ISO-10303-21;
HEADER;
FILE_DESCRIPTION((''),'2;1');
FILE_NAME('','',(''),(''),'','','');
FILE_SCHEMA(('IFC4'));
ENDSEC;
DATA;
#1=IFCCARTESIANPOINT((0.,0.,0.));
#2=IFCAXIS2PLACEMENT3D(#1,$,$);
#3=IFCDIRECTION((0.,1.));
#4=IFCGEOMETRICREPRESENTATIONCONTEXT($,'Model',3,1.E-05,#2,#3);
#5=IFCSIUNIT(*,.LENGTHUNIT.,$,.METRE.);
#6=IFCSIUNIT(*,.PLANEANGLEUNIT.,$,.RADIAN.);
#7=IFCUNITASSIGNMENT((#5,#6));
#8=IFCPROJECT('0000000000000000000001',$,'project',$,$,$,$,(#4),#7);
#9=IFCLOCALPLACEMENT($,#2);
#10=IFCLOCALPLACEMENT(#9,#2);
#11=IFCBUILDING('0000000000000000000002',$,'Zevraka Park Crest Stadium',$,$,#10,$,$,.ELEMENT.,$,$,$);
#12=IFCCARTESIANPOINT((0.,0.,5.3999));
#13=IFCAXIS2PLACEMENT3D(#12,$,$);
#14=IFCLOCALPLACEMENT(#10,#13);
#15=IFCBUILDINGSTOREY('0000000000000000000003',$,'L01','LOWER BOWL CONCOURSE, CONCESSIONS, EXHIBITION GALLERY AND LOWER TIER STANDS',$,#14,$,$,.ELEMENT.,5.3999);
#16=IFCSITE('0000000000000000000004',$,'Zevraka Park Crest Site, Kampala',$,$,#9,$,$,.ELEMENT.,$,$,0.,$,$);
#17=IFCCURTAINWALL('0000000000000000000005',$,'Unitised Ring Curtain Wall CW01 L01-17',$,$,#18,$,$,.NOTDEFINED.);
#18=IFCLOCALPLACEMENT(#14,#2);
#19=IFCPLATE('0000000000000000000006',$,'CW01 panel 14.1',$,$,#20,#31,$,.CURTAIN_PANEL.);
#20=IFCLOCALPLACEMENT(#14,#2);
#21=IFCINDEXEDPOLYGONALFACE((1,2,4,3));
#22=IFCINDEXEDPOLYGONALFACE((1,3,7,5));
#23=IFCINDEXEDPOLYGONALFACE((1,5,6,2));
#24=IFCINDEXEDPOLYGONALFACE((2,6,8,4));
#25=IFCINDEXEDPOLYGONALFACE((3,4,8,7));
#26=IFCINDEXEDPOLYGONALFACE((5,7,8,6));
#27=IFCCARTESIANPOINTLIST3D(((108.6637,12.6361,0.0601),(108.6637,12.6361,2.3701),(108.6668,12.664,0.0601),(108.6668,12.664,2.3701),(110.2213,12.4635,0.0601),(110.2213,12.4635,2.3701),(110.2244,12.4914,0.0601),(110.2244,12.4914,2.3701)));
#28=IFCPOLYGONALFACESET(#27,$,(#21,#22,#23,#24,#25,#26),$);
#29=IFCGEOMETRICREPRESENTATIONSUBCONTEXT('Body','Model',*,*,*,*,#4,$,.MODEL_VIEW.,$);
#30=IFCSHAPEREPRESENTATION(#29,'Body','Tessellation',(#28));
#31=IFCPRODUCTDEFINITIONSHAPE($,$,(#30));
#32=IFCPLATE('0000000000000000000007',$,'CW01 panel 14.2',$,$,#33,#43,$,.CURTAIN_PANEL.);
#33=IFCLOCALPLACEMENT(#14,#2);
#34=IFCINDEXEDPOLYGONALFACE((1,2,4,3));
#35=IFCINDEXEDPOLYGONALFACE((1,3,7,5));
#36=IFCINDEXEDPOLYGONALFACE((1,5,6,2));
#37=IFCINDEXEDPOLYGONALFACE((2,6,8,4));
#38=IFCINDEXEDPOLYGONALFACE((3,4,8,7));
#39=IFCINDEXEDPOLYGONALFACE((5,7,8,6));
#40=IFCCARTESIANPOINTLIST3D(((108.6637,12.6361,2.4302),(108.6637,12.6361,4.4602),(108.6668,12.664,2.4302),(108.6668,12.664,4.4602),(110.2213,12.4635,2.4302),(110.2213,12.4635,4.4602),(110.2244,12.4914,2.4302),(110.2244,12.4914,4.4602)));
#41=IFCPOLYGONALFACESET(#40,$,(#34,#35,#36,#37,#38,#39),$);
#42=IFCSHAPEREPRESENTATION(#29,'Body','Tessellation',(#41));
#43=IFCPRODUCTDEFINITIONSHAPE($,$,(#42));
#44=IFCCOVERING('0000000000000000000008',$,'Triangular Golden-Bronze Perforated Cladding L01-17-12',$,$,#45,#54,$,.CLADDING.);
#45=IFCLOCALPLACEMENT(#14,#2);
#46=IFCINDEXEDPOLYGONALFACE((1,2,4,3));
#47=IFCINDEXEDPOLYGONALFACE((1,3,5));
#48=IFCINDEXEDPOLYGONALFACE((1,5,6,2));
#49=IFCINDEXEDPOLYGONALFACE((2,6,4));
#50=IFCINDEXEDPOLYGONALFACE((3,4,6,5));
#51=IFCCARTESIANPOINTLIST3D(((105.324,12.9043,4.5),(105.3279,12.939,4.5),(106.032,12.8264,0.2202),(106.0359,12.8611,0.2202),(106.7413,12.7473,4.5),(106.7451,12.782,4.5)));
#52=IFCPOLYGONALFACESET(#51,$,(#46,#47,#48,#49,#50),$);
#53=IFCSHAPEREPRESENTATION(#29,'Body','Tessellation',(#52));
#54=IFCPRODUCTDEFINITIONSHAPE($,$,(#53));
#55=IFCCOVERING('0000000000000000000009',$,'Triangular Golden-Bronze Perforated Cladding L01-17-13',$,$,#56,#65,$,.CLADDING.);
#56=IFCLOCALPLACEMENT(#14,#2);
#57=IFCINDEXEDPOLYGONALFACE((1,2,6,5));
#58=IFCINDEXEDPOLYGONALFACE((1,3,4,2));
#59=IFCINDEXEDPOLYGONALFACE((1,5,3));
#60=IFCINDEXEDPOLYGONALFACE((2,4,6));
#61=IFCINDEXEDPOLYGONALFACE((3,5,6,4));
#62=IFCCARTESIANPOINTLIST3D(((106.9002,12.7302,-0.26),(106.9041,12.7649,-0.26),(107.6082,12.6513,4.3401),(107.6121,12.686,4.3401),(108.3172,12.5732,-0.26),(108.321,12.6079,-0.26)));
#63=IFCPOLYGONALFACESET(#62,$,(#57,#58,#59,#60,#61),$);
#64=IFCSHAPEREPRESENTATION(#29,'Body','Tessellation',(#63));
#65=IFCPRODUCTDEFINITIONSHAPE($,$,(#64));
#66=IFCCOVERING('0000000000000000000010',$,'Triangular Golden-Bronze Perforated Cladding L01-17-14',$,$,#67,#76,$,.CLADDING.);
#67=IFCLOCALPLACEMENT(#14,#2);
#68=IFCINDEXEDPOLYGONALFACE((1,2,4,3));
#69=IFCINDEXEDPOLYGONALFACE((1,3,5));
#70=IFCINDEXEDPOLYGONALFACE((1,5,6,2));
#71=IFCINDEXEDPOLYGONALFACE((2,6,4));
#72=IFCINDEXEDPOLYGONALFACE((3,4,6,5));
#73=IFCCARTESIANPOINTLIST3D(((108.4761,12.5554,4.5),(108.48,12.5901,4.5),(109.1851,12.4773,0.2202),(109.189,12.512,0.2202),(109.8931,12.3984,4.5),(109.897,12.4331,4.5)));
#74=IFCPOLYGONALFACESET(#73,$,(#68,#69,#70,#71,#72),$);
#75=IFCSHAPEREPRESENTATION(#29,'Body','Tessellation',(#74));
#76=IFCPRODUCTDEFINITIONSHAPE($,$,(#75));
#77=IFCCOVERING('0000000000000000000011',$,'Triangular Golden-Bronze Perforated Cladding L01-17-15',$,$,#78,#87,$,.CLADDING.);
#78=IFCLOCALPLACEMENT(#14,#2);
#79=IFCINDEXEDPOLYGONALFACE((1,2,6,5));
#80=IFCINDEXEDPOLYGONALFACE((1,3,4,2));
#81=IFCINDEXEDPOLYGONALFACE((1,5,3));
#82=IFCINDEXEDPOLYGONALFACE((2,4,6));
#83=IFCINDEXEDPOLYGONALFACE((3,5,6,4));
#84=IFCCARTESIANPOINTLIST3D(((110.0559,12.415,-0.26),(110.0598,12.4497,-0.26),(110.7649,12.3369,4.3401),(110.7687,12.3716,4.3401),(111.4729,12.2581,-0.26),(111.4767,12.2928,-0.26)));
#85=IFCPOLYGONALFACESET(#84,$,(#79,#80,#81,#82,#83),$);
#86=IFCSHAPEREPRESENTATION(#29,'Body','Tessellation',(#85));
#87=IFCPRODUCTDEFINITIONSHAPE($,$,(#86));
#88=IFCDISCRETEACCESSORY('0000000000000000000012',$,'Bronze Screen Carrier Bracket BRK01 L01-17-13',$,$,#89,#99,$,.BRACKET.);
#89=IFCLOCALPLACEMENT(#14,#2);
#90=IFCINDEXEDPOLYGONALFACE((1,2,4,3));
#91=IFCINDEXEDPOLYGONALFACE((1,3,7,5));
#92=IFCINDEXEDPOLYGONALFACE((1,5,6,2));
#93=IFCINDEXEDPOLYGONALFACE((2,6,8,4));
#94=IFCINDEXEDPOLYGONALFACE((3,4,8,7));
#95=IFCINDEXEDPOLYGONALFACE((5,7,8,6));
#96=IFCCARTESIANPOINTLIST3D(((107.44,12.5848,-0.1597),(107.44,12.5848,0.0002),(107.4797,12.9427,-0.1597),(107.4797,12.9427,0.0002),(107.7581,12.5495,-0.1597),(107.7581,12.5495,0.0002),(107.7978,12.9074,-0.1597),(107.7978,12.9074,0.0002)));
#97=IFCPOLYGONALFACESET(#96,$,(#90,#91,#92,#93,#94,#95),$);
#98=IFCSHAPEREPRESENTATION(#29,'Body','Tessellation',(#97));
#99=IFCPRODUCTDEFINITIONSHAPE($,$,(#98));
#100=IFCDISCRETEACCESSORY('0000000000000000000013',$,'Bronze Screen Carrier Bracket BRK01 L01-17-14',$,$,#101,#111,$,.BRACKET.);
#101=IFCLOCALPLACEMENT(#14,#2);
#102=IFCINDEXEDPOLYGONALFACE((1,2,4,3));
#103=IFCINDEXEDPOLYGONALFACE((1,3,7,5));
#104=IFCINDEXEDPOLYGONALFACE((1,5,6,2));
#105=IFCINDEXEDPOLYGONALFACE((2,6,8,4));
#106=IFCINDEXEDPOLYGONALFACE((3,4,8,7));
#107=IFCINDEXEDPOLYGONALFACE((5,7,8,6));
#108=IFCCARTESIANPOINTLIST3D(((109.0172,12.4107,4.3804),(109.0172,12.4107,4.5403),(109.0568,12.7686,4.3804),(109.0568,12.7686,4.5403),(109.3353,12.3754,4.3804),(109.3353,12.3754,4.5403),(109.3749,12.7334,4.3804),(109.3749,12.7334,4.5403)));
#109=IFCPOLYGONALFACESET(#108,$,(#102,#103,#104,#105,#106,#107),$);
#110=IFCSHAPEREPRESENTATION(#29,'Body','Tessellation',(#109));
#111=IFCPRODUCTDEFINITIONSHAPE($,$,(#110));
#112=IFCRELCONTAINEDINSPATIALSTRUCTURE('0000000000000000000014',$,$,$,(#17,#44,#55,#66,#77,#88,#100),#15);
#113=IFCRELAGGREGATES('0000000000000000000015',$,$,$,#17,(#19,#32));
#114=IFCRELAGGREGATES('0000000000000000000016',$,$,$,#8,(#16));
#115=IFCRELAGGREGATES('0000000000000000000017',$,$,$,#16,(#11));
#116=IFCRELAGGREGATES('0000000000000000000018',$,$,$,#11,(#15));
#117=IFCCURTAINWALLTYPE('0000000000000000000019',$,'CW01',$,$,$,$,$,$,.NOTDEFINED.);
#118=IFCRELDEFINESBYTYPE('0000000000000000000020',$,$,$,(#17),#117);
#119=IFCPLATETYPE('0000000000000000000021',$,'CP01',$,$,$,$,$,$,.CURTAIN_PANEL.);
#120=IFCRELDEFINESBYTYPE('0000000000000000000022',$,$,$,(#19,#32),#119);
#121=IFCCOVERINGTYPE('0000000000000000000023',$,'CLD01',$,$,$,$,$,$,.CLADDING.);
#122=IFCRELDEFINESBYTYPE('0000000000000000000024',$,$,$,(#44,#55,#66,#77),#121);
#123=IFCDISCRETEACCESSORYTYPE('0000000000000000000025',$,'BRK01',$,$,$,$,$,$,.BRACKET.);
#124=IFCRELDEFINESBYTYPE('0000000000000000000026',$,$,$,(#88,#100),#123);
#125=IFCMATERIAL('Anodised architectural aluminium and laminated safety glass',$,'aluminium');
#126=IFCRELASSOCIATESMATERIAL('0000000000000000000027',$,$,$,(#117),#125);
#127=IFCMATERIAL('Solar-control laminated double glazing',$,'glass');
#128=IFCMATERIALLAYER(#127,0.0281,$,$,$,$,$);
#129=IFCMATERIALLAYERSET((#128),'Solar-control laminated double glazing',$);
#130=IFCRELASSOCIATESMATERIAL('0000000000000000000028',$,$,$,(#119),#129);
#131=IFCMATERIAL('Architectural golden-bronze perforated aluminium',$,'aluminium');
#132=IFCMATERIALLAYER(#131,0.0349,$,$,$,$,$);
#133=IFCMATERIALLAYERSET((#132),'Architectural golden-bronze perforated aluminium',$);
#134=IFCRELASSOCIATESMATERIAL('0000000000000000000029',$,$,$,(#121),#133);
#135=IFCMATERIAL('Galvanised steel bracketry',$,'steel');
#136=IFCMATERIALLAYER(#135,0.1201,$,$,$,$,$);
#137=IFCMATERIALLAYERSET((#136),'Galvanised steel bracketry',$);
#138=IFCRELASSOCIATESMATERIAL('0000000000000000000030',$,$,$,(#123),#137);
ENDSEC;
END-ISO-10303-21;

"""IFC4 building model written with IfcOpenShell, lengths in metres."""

from ifc_helpers import new_model, si_unit, direction, frame, origin, origin_2d, place, context, subcontext, project, spatial, polyline, rectangle, outline, extrude, material, layer, layer_set, type_object, element, aggregate, save


model = new_model("IFC4")

# Units and contexts
model_context = context("Model", 3, precision=1e-05, world=origin(), true_north=direction((0.0, 1.0)))
body_context = subcontext(model_context, "Body", "Model", "MODEL_VIEW")
ifc_project = project(units=[si_unit("LENGTHUNIT", "METRE"), si_unit("PLANEANGLEUNIT", "RADIAN")], contexts=[model_context])

# Site, building, storey
site_placement = place(None, origin())
site = spatial("IfcSite", under=ifc_project, at=site_placement, Name="Zevraka Park Crest Site, Kampala", CompositionType="ELEMENT", RefElevation=0.0)
building_placement = place(site_placement, origin())
building = spatial("IfcBuilding", under=site, at=building_placement, Name="Zevraka Park Crest Stadium", CompositionType="ELEMENT")
storey_placement = place(building_placement, frame((0.0, 0.0, 5.3999)))
storey = spatial("IfcBuildingStorey", under=building, at=storey_placement, Name="L01", Description="LOWER BOWL CONCOURSE, CONCESSIONS, EXHIBITION GALLERY AND LOWER TIER STANDS", CompositionType="ELEMENT", Elevation=5.3999)

# Curtain wall, plates
ifc_material_1 = material(Name="Anodised architectural aluminium and laminated safety glass", Category="aluminium")
curtain_wall_type = type_object("IfcCurtainWallType", Name="CW01", PredefinedType="NOTDEFINED", material=ifc_material_1)
curtain_wall_placement = place(storey_placement, origin())
curtain_wall = element("IfcCurtainWall", 1, at=curtain_wall_placement, inside=storey, type_object=curtain_wall_type, Name="Unitised Ring Curtain Wall CW01 L01-17", PredefinedType="NOTDEFINED")
ifc_material_2 = material(Name="Solar-control laminated double glazing", Category="glass")
ifc_layer_1 = layer(ifc_material_2, 0.0281)
ifc_layer_set_1 = layer_set([ifc_layer_1], Name="Solar-control laminated double glazing")
plate_type = type_object("IfcPlateType", Name="CP01", PredefinedType="CURTAIN_PANEL", material=ifc_layer_set_1)
plate_1_placement = place(storey_placement, frame((109.4441, 12.5637, 0.0601), z_axis=(0.0, 0.0, 1.0), x_axis=(0.993917, -0.110135, 0.0)))
plate_1 = element("IfcPlate", 2, at=plate_1_placement, type_object=plate_type, Name="CW01 panel 14.1", PredefinedType="CURTAIN_PANEL", context=body_context, shape_type="SweptSolid", body=[
    extrude(rectangle(XDim=1.5671, YDim=0.0281, at=origin_2d()), origin(), (0.0, 0.0, 1.0), 2.3101),
])
plate_2_placement = place(storey_placement, frame((109.4441, 12.5637, 2.4302), z_axis=(0.0, 0.0, 1.0), x_axis=(0.993917, -0.110135, 0.0)))
plate_2 = element("IfcPlate", 3, at=plate_2_placement, type_object=plate_type, Name="CW01 panel 14.2", PredefinedType="CURTAIN_PANEL", context=body_context, shape_type="SweptSolid", body=[
    extrude(rectangle(XDim=1.5671, YDim=0.0281, at=origin_2d()), origin(), (0.0, 0.0, 1.0), 2.03),
])
aggregate(curtain_wall, [plate_1, plate_2])

# Coverings
ifc_material_3 = material(Name="Architectural golden-bronze perforated aluminium", Category="aluminium")
ifc_layer_2 = layer(ifc_material_3, 0.0349)
ifc_layer_set_2 = layer_set([ifc_layer_2], Name="Architectural golden-bronze perforated aluminium")
covering_type = type_object("IfcCoveringType", Name="CLD01", PredefinedType="CLADDING", material=ifc_layer_set_2)
covering_1_placement = place(storey_placement, frame((106.7451, 12.782, 4.5), z_axis=(0.110093, 0.993921, 0.000126), x_axis=(-0.993921, 0.110093, 0.0)))
element("IfcCovering", 4, at=covering_1_placement, inside=storey, type_object=covering_type, Name="Triangular Golden-Bronze Perforated Cladding L01-17-12", PredefinedType="CLADDING", context=body_context, shape_type="SweptSolid", body=[
    extrude(outline(polyline([(0.0, 0.0), (1.4259, 0.0), (0.7136, -4.2798), (0.0, 0.0)])), origin(), (0.0, 0.0, -1.0), 0.0349),
])
covering_2_placement = place(storey_placement, frame((106.9041, 12.7649, -0.26), z_axis=(0.110112, 0.993919, 0.000091), x_axis=(0.993919, -0.110112, 0.0)))
element("IfcCovering", 5, at=covering_2_placement, inside=storey, type_object=covering_type, Name="Triangular Golden-Bronze Perforated Cladding L01-17-13", PredefinedType="CLADDING", context=body_context, shape_type="SweptSolid", body=[
    extrude(outline(polyline([(0.0, 0.0), (1.4257, 0.0), (0.7124, -4.6001), (0.0, 0.0)])), origin(), (0.0, 0.0, -1.0), 0.0349),
])
covering_3_placement = place(storey_placement, frame((109.897, 12.4331, 4.5), z_axis=(0.110112, 0.993919, 0.000098), x_axis=(-0.993919, 0.110112, 0.0)))
element("IfcCovering", 6, at=covering_3_placement, inside=storey, type_object=covering_type, Name="Triangular Golden-Bronze Perforated Cladding L01-17-14", PredefinedType="CLADDING", context=body_context, shape_type="SweptSolid", body=[
    extrude(outline(polyline([(0.0, 0.0), (1.4257, 0.0), (0.7124, -4.2798), (0.0, 0.0)])), origin(), (0.0, 0.0, -1.0), 0.0349),
])
covering_4_placement = place(storey_placement, frame((110.0559, 12.415, -0.26), z_axis=(-0.110112, -0.993919, 0.000091), x_axis=(0.993919, -0.110112, 0.0)))
element("IfcCovering", 7, at=covering_4_placement, inside=storey, type_object=covering_type, Name="Triangular Golden-Bronze Perforated Cladding L01-17-15", PredefinedType="CLADDING", context=body_context, shape_type="SweptSolid", body=[
    extrude(outline(polyline([(0.0, 0.0), (1.4257, 0.0), (0.7133, 4.6001), (0.0, 0.0)])), origin(), (0.0, 0.0, -1.0), 0.0349),
])

# Discrete accessories
ifc_material_4 = material(Name="Galvanised steel bracketry", Category="steel")
ifc_layer_3 = layer(ifc_material_4, 0.1201)
ifc_layer_set_3 = layer_set([ifc_layer_3], Name="Galvanised steel bracketry")
discrete_accessory_type = type_object("IfcDiscreteAccessoryType", Name="BRK01", PredefinedType="BRACKET", material=ifc_layer_set_3)
for number, where, z_axis, x_axis, name in (
    (8, (107.6189, 12.7461, -0.1597), (0.0, 0.0, 1.0), (0.993923, -0.110081, 0.0), "Bronze Screen Carrier Bracket BRK01 L01-17-13"),
    (9, (109.196, 12.572, 4.3804), (0.0, 0.0, 1.0), (0.993923, -0.110081, 0.0), "Bronze Screen Carrier Bracket BRK01 L01-17-14"),
):
    element("IfcDiscreteAccessory", number, at=place(storey_placement, frame(where, z_axis=z_axis, x_axis=x_axis)), inside=storey, type_object=discrete_accessory_type, Name=name, PredefinedType="BRACKET", context=body_context, shape_type="SweptSolid", body=[
        extrude(rectangle(XDim=0.3201, YDim=0.3601, at=origin_2d()), origin(), (0.0, 0.0, 1.0), 0.1599),
    ])

save(model, "model.ifc")
